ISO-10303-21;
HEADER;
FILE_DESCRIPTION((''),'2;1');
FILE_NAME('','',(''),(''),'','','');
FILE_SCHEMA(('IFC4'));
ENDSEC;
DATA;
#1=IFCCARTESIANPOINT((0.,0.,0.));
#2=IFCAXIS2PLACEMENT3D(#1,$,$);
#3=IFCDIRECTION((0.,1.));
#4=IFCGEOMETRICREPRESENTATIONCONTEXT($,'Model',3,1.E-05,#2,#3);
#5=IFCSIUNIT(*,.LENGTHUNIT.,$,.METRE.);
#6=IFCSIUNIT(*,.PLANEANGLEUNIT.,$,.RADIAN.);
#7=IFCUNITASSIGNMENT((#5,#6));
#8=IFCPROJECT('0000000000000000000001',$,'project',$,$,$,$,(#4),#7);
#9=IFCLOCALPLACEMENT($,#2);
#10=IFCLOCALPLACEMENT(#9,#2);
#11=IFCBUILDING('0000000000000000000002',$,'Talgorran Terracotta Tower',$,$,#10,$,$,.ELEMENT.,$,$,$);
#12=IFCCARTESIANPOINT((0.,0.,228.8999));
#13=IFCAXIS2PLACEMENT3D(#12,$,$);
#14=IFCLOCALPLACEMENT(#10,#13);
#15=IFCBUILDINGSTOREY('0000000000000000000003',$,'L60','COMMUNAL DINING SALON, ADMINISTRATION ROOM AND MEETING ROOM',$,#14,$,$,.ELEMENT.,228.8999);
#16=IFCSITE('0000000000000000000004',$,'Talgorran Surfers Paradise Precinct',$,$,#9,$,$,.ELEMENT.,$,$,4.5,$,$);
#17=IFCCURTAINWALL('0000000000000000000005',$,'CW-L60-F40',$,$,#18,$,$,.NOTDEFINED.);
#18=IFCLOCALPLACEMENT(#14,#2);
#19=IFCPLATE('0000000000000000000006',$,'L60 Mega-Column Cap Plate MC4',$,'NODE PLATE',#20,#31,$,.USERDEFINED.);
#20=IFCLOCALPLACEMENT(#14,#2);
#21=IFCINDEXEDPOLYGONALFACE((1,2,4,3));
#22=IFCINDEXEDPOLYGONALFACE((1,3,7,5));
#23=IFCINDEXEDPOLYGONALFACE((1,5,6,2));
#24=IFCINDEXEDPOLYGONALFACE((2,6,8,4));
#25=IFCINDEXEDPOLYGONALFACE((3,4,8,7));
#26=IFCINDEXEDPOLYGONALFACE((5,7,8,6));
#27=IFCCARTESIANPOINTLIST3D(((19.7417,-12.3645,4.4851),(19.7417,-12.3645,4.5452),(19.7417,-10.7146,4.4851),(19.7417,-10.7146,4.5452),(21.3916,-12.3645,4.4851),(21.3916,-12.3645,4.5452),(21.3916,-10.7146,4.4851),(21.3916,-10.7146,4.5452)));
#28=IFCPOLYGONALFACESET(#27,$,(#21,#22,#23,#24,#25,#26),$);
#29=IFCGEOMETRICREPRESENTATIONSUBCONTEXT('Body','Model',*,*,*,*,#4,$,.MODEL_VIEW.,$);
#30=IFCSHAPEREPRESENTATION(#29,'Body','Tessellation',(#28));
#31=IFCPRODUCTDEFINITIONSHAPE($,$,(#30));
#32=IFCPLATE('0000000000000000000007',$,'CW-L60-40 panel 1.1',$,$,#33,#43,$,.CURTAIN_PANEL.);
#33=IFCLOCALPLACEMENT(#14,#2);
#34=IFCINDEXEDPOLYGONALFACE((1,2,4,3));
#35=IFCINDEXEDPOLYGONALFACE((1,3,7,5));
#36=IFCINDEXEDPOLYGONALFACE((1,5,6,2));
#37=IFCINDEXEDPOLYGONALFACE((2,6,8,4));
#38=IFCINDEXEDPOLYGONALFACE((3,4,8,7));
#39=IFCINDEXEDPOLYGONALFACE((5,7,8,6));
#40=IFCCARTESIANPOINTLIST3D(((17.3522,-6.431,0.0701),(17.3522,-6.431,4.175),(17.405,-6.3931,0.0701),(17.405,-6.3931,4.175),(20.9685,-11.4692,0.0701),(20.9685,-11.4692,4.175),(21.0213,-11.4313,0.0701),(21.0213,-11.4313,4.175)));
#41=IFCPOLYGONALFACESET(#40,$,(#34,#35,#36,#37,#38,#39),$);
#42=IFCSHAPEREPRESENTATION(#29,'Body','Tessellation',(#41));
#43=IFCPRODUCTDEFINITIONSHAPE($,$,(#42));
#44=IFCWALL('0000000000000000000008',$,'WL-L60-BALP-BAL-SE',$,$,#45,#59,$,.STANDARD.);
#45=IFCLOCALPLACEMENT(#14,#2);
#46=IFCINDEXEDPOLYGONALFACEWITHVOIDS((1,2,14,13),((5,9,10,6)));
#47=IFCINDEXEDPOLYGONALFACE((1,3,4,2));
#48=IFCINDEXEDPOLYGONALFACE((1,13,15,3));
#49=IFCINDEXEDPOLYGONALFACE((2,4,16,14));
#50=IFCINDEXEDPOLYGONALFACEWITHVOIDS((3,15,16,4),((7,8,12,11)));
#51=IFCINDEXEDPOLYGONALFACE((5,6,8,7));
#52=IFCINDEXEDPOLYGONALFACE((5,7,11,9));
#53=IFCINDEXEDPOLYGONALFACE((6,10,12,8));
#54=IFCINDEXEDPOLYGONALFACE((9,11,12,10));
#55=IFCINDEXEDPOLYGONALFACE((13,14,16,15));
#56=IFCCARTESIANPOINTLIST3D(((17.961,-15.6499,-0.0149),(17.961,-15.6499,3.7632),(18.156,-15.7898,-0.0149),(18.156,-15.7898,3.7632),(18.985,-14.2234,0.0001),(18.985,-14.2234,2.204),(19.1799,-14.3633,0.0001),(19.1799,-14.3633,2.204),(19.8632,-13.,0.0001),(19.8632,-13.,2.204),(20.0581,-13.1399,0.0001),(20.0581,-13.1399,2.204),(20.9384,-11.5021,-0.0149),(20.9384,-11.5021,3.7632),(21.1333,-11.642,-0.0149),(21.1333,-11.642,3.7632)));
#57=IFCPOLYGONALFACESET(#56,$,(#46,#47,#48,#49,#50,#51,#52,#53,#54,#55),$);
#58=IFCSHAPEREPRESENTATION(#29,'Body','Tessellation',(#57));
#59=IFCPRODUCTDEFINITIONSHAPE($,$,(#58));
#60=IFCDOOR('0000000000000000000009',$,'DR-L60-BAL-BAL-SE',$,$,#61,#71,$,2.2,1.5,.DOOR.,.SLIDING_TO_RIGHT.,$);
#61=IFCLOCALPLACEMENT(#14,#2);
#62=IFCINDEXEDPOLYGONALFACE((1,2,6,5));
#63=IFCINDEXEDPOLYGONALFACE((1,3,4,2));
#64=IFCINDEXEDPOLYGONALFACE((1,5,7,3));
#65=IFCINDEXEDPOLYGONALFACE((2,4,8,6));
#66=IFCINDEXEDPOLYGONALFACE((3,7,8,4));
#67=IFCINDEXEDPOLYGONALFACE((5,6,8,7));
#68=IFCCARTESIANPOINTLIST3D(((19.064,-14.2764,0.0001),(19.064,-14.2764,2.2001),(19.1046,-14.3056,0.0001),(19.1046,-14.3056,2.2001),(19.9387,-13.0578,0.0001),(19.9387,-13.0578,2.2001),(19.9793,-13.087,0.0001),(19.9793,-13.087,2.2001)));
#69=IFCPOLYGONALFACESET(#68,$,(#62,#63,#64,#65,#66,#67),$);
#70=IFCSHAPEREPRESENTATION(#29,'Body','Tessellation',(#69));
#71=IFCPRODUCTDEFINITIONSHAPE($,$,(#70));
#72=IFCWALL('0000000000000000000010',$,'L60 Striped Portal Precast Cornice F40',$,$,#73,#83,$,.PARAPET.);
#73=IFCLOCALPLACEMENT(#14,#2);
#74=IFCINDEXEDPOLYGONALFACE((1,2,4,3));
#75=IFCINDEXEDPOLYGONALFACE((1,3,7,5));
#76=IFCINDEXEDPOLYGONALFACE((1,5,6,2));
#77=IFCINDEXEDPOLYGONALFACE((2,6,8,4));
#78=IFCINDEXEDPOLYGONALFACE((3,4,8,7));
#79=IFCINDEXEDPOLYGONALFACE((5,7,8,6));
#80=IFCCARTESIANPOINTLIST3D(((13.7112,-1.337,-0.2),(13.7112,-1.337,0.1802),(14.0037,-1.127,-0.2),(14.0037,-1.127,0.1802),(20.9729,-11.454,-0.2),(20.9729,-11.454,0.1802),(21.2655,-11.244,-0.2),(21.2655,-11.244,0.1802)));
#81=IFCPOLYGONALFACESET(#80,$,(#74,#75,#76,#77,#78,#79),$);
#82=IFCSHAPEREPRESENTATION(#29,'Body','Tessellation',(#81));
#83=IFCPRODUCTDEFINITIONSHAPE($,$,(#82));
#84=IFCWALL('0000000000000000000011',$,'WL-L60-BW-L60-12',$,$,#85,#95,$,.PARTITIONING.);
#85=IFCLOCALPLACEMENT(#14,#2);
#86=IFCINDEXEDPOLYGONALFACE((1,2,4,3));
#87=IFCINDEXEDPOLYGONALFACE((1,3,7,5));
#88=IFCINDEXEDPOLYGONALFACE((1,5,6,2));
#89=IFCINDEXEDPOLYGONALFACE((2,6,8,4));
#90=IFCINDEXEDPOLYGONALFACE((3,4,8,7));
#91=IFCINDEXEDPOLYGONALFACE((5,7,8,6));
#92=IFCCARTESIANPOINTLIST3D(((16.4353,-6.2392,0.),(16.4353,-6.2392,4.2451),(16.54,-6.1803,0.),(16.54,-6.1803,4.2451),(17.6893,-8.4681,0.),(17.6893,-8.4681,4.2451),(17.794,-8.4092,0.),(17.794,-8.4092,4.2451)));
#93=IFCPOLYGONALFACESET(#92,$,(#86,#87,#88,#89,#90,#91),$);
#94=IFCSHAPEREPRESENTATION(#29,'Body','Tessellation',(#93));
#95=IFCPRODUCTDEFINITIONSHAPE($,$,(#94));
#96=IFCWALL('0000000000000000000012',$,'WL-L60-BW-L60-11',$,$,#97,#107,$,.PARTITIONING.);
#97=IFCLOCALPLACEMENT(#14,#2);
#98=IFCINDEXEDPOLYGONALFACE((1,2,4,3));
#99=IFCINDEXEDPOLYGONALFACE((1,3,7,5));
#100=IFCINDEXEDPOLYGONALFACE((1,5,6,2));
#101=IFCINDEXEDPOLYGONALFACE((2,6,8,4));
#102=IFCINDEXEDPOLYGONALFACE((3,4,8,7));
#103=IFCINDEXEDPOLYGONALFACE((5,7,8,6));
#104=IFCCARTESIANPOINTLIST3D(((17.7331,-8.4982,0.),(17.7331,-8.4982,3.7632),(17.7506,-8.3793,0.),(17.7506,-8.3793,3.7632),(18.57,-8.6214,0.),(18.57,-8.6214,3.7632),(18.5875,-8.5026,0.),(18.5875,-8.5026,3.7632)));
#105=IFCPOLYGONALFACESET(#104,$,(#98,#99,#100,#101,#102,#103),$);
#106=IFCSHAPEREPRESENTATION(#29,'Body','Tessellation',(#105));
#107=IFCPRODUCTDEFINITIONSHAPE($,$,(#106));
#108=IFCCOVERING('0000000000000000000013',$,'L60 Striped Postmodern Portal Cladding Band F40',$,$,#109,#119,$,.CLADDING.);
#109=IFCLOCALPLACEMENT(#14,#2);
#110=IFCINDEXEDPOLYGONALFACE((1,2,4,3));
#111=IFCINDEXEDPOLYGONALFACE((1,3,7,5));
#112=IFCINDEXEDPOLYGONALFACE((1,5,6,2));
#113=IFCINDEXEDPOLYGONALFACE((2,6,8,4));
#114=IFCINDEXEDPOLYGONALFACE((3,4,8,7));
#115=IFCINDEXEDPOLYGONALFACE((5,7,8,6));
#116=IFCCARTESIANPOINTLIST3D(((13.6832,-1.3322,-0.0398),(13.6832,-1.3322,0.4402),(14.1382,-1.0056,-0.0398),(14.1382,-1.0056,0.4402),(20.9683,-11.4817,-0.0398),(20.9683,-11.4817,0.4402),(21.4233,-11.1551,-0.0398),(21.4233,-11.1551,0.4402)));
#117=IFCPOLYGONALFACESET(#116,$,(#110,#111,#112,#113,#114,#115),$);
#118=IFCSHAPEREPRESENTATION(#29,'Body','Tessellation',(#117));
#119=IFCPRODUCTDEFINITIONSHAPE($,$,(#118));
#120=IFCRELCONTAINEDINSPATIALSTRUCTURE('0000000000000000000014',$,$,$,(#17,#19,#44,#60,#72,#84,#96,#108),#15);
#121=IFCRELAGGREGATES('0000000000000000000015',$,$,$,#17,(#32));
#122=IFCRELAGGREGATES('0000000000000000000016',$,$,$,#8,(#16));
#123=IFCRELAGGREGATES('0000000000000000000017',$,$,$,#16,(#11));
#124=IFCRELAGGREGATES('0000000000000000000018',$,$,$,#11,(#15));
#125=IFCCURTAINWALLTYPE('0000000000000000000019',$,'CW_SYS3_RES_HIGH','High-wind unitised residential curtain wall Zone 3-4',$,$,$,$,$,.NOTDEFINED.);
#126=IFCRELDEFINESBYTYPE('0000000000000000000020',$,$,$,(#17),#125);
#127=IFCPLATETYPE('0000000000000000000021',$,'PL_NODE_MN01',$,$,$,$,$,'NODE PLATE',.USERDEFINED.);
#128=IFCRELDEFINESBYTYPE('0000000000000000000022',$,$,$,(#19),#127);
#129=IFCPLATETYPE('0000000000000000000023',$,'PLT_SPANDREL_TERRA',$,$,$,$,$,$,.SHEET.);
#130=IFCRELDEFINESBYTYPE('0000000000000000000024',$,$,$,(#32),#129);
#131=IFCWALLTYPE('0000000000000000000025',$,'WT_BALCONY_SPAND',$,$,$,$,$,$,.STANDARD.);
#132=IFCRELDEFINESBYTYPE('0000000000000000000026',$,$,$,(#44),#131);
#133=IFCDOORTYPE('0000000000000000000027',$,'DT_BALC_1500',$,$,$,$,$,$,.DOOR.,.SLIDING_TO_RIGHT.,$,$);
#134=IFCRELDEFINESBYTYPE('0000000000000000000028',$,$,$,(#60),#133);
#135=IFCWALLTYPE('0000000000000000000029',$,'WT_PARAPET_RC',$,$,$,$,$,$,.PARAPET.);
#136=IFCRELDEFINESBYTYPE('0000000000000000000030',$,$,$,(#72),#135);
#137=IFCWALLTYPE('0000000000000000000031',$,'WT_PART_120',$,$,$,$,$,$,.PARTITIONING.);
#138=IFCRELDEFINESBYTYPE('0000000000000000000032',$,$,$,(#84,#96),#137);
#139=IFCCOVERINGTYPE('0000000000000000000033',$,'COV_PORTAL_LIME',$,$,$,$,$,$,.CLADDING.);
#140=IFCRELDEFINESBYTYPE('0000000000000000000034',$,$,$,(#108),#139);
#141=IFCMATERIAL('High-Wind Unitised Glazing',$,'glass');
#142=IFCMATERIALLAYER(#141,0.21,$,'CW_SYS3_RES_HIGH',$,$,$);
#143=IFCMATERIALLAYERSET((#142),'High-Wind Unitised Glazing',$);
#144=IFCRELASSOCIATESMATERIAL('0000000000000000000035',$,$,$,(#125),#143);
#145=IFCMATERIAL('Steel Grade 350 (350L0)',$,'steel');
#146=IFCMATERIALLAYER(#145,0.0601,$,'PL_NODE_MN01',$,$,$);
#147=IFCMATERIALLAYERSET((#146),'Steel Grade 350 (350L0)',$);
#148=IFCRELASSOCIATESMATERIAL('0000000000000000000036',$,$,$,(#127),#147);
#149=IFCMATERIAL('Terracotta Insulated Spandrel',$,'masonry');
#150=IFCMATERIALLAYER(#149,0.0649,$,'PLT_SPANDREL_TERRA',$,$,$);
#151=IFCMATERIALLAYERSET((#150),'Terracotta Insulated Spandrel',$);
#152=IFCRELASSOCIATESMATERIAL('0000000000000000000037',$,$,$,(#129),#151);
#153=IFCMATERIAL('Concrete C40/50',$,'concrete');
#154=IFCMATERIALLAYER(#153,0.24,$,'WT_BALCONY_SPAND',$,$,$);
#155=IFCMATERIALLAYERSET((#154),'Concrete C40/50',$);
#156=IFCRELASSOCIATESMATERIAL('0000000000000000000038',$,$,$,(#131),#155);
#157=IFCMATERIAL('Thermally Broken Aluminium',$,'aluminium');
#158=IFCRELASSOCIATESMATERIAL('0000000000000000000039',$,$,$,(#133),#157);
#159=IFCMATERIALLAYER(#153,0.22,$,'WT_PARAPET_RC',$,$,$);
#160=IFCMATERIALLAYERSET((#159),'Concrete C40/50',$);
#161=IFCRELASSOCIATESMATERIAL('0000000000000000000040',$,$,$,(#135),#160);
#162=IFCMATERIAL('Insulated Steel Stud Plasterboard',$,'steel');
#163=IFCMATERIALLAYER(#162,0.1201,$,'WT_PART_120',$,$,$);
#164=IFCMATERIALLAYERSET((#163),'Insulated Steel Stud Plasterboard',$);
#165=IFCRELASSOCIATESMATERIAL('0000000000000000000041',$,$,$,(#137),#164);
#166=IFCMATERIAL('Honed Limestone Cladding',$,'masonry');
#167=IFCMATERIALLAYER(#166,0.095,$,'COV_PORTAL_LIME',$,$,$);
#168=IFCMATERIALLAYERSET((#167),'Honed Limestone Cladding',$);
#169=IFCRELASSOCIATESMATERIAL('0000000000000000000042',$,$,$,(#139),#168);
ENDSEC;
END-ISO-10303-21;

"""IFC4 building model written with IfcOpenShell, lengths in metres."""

from ifc_helpers import new_model, si_unit, direction, frame, frame_2d, origin, origin_2d, place, context, subcontext, project, spatial, rectangle, extrude, source, transform, mapped, material, layer, layer_set, type_object, type_shapes, element, fill, aggregate, save


model = new_model("IFC4")

# Units and contexts
model_context = context("Model", 3, precision=1e-05, world=origin(), true_north=direction((0.0, 1.0)))
body_context = subcontext(model_context, "Body", "Model", "MODEL_VIEW")
ifc_project = project(units=[si_unit("LENGTHUNIT", "METRE"), si_unit("PLANEANGLEUNIT", "RADIAN")], contexts=[model_context])

# Site, building, storey
site_placement = place(None, origin())
site = spatial("IfcSite", under=ifc_project, at=site_placement, Name="Talgorran Surfers Paradise Precinct", CompositionType="ELEMENT", RefElevation=4.5)
building_placement = place(site_placement, origin())
building = spatial("IfcBuilding", under=site, at=building_placement, Name="Talgorran Terracotta Tower", CompositionType="ELEMENT")
storey_placement = place(building_placement, frame((0.0, 0.0, 228.8999)))
storey = spatial("IfcBuildingStorey", under=building, at=storey_placement, Name="L60", Description="COMMUNAL DINING SALON, ADMINISTRATION ROOM AND MEETING ROOM", CompositionType="ELEMENT", Elevation=228.8999)

# Shared definitions
ifc_material_1 = material(Name="Steel Grade 350 (350L0)", Category="steel")

# Shared definitions
ifc_material_2 = material(Name="High-Wind Unitised Glazing", Category="glass")
ifc_layer_1 = layer(ifc_material_2, 0.21, Name="CW_SYS3_RES_HIGH")
ifc_layer_set_1 = layer_set([ifc_layer_1], Name="High-Wind Unitised Glazing")
curtain_wall_type = type_object("IfcCurtainWallType", Name="CW_SYS3_RES_HIGH", Description="High-wind unitised residential curtain wall Zone 3-4", PredefinedType="NOTDEFINED", material=ifc_layer_set_1)

# Curtain wall
curtain_wall_1_placement = place(storey_placement, origin())
curtain_wall_1 = element("IfcCurtainWall", 1, at=curtain_wall_1_placement, inside=storey, type_object=curtain_wall_type, Name="CW-L60-F40", PredefinedType="NOTDEFINED")

# Plate
ifc_layer_2 = layer(ifc_material_1, 0.0601, Name="PL_NODE_MN01")
ifc_layer_set_2 = layer_set([ifc_layer_2], Name="Steel Grade 350 (350L0)")
plate_type_1 = type_object("IfcPlateType", Name="PL_NODE_MN01", ElementType="NODE PLATE", PredefinedType="USERDEFINED", material=ifc_layer_set_2)
for number, where, z_axis, x_axis, name in (
    (2, (20.5667, -11.5396, 4.4851), (0.0, 0.0, 1.0), (1.0, 0.0, 0.0), "L60 Mega-Column Cap Plate MC4"),
):
    element("IfcPlate", number, at=place(storey_placement, frame(where, z_axis=z_axis, x_axis=x_axis)), inside=storey, type_object=plate_type_1, Name=name, ObjectType="NODE PLATE", PredefinedType="USERDEFINED", context=body_context, shape_type="SweptSolid", body=[
        extrude(rectangle(XDim=1.6499, YDim=1.6499, at=origin_2d()), origin(), (0.0, 0.0, 1.0), 0.0601),
    ])

# Plate
ifc_material_3 = material(Name="Terracotta Insulated Spandrel", Category="masonry")
ifc_layer_3 = layer(ifc_material_3, 0.0649, Name="PLT_SPANDREL_TERRA")
ifc_layer_set_3 = layer_set([ifc_layer_3], Name="Terracotta Insulated Spandrel")
plate_type_2 = type_object("IfcPlateType", Name="PLT_SPANDREL_TERRA", PredefinedType="SHEET", material=ifc_layer_set_3)
shared_shape_1 = source(origin(), body_context, "Body", "SweptSolid", [
    extrude(rectangle(XDim=6.2017, YDim=0.0649, at=origin_2d()), origin(), (0.0, 0.0, 1.0), 4.105),
])
type_shapes(plate_type_2, [shared_shape_1])
plate_1_placement = place(storey_placement, frame((19.1868, -8.9312, 0.0701), z_axis=(0.0, 0.0, 1.0), x_axis=(-0.583115, 0.812389, 0.0)))
plate_1 = element("IfcPlate", 3, at=plate_1_placement, type_object=plate_type_2, Name="CW-L60-40 panel 1.1", PredefinedType="CURTAIN_PANEL", context=body_context, shape_type="MappedRepresentation", body=[
    mapped(shared_shape_1, transform((0.0, 0.0, 0.0), scale=1.0)),
])
aggregate(curtain_wall_1, [plate_1])

# Wall, opening, door
ifc_material_4 = material(Name="Concrete C40/50", Category="concrete")
ifc_layer_4 = layer(ifc_material_4, 0.24, Name="WT_BALCONY_SPAND")
ifc_layer_set_4 = layer_set([ifc_layer_4], Name="Concrete C40/50")
wall_type_1 = type_object("IfcWallType", Name="WT_BALCONY_SPAND", PredefinedType="STANDARD", material=ifc_layer_set_4)
wall_1_placement = place(storey_placement, frame((18.0586, -15.7197, -0.0149), z_axis=(0.0, 0.0, 1.0), x_axis=(0.583136, 0.812374, 0.0)))
wall_1 = element("IfcWall", 4, at=wall_1_placement, inside=storey, type_object=wall_type_1, Name="WL-L60-BALP-BAL-SE", PredefinedType="STANDARD", context=body_context, shape_type="SweptSolid", body=[
    extrude(rectangle(XDim=5.1057, YDim=0.24, at=frame_2d((2.5527, 0.0))), origin(), (0.0, 0.0, 1.0), 3.7781),
])
opening_placement = place(wall_1_placement, frame((1.7588, 0.0, 0.0149)))
opening = element("IfcOpeningElement", 5, at=opening_placement, cuts=wall_1, PredefinedType="OPENING", context=body_context, shape_type="SweptSolid", body=[
    extrude(rectangle(XDim=1.506, YDim=2.204, at=frame_2d((0.75, 1.1021))), frame((0.0, 0.1299, 0.0), z_axis=(0.0, -1.0, 0.0), x_axis=(1.0, 0.0, 0.0)), (0.0, 0.0, 1.0), 0.26),
])
ifc_material_5 = material(Name="Thermally Broken Aluminium", Category="aluminium")
door_type = type_object("IfcDoorType", Name="DT_BALC_1500", OperationType="SLIDING_TO_RIGHT", PredefinedType="DOOR", material=ifc_material_5)
door_placement = place(opening_placement, origin())
door = element("IfcDoor", 6, at=door_placement, inside=storey, type_object=door_type, Name="DR-L60-BAL-BAL-SE", OperationType="SLIDING_TO_RIGHT", OverallHeight=2.2, OverallWidth=1.5, PredefinedType="DOOR", context=body_context, shape_type="SweptSolid", body=[
    extrude(rectangle(XDim=1.5, YDim=2.2, at=frame_2d((0.75, 1.1001))), frame((0.0, 0.0249, 0.0), z_axis=(0.0, -1.0, 0.0), x_axis=(1.0, 0.0, 0.0)), (0.0, 0.0, 1.0), 0.05),
])
fill(opening, door)

# Walls
ifc_layer_5 = layer(ifc_material_4, 0.22, Name="WT_PARAPET_RC")
ifc_layer_set_5 = layer_set([ifc_layer_5], Name="Concrete C40/50")
wall_type_2 = type_object("IfcWallType", Name="WT_PARAPET_RC", PredefinedType="PARAPET", material=ifc_layer_set_5)
wall_2_placement = place(storey_placement, frame((21.1191, -11.3489, -0.2), z_axis=(0.0, 0.0, 1.0), x_axis=(-0.583115, 0.812389, 0.0)))
element("IfcWall", 7, at=wall_2_placement, inside=storey, type_object=wall_type_2, Name="L60 Striped Portal Precast Cornice F40", PredefinedType="PARAPET", context=body_context, shape_type="SweptSolid", body=[
    extrude(rectangle(XDim=12.4534, YDim=0.3601, at=frame_2d((6.2266, 0.0))), origin(), (0.0, 0.0, 1.0), 0.3801),
])
ifc_material_6 = material(Name="Insulated Steel Stud Plasterboard", Category="steel")
ifc_layer_6 = layer(ifc_material_6, 0.1201, Name="WT_PART_120")
ifc_layer_set_6 = layer_set([ifc_layer_6], Name="Insulated Steel Stud Plasterboard")
wall_type_3 = type_object("IfcWallType", Name="WT_PART_120", PredefinedType="PARTITIONING", material=ifc_layer_set_6)
wall_3_placement = place(storey_placement, frame((17.7417, -8.4387, 0.0), z_axis=(0.0, 0.0, 1.0), x_axis=(-0.490329, 0.871537, 0.0)))
element("IfcWall", 8, at=wall_3_placement, inside=storey, type_object=wall_type_3, Name="WL-L60-BW-L60-12", PredefinedType="PARTITIONING", context=body_context, shape_type="SweptSolid", body=[
    extrude(rectangle(XDim=2.5574, YDim=0.1201, at=frame_2d((1.2788, 0.0))), origin(), (0.0, 0.0, 1.0), 4.2451),
])
wall_4_placement = place(storey_placement, frame((18.5786, -8.562, 0.0), z_axis=(0.0, 0.0, 1.0), x_axis=(-0.989322, 0.145743, 0.0)))
element("IfcWall", 9, at=wall_4_placement, inside=storey, type_object=wall_type_3, Name="WL-L60-BW-L60-11", PredefinedType="PARTITIONING", context=body_context, shape_type="SweptSolid", body=[
    extrude(rectangle(XDim=0.8459, YDim=0.1201, at=frame_2d((0.4229, 0.0))), origin(), (0.0, 0.0, 1.0), 3.7632),
])

# Covering
ifc_material_7 = material(Name="Honed Limestone Cladding", Category="masonry")
ifc_layer_7 = layer(ifc_material_7, 0.095, Name="COV_PORTAL_LIME")
ifc_layer_set_7 = layer_set([ifc_layer_7], Name="Honed Limestone Cladding")
covering_type = type_object("IfcCoveringType", Name="COV_PORTAL_LIME", PredefinedType="CLADDING", material=ifc_layer_set_7)
covering_placement = place(storey_placement, frame((17.5532, -6.2437, -0.0398), z_axis=(0.0, 0.0, 1.0), x_axis=(-0.583116, 0.812389, 0.0)))
element("IfcCovering", 10, at=covering_placement, inside=storey, type_object=covering_type, Name="L60 Striped Postmodern Portal Cladding Band F40", PredefinedType="CLADDING", context=body_context, shape_type="SweptSolid", body=[
    extrude(rectangle(XDim=12.4934, YDim=0.5601, at=origin_2d()), origin(), (0.0, 0.0, 1.0), 0.48),
])

save(model, "model.ifc")
